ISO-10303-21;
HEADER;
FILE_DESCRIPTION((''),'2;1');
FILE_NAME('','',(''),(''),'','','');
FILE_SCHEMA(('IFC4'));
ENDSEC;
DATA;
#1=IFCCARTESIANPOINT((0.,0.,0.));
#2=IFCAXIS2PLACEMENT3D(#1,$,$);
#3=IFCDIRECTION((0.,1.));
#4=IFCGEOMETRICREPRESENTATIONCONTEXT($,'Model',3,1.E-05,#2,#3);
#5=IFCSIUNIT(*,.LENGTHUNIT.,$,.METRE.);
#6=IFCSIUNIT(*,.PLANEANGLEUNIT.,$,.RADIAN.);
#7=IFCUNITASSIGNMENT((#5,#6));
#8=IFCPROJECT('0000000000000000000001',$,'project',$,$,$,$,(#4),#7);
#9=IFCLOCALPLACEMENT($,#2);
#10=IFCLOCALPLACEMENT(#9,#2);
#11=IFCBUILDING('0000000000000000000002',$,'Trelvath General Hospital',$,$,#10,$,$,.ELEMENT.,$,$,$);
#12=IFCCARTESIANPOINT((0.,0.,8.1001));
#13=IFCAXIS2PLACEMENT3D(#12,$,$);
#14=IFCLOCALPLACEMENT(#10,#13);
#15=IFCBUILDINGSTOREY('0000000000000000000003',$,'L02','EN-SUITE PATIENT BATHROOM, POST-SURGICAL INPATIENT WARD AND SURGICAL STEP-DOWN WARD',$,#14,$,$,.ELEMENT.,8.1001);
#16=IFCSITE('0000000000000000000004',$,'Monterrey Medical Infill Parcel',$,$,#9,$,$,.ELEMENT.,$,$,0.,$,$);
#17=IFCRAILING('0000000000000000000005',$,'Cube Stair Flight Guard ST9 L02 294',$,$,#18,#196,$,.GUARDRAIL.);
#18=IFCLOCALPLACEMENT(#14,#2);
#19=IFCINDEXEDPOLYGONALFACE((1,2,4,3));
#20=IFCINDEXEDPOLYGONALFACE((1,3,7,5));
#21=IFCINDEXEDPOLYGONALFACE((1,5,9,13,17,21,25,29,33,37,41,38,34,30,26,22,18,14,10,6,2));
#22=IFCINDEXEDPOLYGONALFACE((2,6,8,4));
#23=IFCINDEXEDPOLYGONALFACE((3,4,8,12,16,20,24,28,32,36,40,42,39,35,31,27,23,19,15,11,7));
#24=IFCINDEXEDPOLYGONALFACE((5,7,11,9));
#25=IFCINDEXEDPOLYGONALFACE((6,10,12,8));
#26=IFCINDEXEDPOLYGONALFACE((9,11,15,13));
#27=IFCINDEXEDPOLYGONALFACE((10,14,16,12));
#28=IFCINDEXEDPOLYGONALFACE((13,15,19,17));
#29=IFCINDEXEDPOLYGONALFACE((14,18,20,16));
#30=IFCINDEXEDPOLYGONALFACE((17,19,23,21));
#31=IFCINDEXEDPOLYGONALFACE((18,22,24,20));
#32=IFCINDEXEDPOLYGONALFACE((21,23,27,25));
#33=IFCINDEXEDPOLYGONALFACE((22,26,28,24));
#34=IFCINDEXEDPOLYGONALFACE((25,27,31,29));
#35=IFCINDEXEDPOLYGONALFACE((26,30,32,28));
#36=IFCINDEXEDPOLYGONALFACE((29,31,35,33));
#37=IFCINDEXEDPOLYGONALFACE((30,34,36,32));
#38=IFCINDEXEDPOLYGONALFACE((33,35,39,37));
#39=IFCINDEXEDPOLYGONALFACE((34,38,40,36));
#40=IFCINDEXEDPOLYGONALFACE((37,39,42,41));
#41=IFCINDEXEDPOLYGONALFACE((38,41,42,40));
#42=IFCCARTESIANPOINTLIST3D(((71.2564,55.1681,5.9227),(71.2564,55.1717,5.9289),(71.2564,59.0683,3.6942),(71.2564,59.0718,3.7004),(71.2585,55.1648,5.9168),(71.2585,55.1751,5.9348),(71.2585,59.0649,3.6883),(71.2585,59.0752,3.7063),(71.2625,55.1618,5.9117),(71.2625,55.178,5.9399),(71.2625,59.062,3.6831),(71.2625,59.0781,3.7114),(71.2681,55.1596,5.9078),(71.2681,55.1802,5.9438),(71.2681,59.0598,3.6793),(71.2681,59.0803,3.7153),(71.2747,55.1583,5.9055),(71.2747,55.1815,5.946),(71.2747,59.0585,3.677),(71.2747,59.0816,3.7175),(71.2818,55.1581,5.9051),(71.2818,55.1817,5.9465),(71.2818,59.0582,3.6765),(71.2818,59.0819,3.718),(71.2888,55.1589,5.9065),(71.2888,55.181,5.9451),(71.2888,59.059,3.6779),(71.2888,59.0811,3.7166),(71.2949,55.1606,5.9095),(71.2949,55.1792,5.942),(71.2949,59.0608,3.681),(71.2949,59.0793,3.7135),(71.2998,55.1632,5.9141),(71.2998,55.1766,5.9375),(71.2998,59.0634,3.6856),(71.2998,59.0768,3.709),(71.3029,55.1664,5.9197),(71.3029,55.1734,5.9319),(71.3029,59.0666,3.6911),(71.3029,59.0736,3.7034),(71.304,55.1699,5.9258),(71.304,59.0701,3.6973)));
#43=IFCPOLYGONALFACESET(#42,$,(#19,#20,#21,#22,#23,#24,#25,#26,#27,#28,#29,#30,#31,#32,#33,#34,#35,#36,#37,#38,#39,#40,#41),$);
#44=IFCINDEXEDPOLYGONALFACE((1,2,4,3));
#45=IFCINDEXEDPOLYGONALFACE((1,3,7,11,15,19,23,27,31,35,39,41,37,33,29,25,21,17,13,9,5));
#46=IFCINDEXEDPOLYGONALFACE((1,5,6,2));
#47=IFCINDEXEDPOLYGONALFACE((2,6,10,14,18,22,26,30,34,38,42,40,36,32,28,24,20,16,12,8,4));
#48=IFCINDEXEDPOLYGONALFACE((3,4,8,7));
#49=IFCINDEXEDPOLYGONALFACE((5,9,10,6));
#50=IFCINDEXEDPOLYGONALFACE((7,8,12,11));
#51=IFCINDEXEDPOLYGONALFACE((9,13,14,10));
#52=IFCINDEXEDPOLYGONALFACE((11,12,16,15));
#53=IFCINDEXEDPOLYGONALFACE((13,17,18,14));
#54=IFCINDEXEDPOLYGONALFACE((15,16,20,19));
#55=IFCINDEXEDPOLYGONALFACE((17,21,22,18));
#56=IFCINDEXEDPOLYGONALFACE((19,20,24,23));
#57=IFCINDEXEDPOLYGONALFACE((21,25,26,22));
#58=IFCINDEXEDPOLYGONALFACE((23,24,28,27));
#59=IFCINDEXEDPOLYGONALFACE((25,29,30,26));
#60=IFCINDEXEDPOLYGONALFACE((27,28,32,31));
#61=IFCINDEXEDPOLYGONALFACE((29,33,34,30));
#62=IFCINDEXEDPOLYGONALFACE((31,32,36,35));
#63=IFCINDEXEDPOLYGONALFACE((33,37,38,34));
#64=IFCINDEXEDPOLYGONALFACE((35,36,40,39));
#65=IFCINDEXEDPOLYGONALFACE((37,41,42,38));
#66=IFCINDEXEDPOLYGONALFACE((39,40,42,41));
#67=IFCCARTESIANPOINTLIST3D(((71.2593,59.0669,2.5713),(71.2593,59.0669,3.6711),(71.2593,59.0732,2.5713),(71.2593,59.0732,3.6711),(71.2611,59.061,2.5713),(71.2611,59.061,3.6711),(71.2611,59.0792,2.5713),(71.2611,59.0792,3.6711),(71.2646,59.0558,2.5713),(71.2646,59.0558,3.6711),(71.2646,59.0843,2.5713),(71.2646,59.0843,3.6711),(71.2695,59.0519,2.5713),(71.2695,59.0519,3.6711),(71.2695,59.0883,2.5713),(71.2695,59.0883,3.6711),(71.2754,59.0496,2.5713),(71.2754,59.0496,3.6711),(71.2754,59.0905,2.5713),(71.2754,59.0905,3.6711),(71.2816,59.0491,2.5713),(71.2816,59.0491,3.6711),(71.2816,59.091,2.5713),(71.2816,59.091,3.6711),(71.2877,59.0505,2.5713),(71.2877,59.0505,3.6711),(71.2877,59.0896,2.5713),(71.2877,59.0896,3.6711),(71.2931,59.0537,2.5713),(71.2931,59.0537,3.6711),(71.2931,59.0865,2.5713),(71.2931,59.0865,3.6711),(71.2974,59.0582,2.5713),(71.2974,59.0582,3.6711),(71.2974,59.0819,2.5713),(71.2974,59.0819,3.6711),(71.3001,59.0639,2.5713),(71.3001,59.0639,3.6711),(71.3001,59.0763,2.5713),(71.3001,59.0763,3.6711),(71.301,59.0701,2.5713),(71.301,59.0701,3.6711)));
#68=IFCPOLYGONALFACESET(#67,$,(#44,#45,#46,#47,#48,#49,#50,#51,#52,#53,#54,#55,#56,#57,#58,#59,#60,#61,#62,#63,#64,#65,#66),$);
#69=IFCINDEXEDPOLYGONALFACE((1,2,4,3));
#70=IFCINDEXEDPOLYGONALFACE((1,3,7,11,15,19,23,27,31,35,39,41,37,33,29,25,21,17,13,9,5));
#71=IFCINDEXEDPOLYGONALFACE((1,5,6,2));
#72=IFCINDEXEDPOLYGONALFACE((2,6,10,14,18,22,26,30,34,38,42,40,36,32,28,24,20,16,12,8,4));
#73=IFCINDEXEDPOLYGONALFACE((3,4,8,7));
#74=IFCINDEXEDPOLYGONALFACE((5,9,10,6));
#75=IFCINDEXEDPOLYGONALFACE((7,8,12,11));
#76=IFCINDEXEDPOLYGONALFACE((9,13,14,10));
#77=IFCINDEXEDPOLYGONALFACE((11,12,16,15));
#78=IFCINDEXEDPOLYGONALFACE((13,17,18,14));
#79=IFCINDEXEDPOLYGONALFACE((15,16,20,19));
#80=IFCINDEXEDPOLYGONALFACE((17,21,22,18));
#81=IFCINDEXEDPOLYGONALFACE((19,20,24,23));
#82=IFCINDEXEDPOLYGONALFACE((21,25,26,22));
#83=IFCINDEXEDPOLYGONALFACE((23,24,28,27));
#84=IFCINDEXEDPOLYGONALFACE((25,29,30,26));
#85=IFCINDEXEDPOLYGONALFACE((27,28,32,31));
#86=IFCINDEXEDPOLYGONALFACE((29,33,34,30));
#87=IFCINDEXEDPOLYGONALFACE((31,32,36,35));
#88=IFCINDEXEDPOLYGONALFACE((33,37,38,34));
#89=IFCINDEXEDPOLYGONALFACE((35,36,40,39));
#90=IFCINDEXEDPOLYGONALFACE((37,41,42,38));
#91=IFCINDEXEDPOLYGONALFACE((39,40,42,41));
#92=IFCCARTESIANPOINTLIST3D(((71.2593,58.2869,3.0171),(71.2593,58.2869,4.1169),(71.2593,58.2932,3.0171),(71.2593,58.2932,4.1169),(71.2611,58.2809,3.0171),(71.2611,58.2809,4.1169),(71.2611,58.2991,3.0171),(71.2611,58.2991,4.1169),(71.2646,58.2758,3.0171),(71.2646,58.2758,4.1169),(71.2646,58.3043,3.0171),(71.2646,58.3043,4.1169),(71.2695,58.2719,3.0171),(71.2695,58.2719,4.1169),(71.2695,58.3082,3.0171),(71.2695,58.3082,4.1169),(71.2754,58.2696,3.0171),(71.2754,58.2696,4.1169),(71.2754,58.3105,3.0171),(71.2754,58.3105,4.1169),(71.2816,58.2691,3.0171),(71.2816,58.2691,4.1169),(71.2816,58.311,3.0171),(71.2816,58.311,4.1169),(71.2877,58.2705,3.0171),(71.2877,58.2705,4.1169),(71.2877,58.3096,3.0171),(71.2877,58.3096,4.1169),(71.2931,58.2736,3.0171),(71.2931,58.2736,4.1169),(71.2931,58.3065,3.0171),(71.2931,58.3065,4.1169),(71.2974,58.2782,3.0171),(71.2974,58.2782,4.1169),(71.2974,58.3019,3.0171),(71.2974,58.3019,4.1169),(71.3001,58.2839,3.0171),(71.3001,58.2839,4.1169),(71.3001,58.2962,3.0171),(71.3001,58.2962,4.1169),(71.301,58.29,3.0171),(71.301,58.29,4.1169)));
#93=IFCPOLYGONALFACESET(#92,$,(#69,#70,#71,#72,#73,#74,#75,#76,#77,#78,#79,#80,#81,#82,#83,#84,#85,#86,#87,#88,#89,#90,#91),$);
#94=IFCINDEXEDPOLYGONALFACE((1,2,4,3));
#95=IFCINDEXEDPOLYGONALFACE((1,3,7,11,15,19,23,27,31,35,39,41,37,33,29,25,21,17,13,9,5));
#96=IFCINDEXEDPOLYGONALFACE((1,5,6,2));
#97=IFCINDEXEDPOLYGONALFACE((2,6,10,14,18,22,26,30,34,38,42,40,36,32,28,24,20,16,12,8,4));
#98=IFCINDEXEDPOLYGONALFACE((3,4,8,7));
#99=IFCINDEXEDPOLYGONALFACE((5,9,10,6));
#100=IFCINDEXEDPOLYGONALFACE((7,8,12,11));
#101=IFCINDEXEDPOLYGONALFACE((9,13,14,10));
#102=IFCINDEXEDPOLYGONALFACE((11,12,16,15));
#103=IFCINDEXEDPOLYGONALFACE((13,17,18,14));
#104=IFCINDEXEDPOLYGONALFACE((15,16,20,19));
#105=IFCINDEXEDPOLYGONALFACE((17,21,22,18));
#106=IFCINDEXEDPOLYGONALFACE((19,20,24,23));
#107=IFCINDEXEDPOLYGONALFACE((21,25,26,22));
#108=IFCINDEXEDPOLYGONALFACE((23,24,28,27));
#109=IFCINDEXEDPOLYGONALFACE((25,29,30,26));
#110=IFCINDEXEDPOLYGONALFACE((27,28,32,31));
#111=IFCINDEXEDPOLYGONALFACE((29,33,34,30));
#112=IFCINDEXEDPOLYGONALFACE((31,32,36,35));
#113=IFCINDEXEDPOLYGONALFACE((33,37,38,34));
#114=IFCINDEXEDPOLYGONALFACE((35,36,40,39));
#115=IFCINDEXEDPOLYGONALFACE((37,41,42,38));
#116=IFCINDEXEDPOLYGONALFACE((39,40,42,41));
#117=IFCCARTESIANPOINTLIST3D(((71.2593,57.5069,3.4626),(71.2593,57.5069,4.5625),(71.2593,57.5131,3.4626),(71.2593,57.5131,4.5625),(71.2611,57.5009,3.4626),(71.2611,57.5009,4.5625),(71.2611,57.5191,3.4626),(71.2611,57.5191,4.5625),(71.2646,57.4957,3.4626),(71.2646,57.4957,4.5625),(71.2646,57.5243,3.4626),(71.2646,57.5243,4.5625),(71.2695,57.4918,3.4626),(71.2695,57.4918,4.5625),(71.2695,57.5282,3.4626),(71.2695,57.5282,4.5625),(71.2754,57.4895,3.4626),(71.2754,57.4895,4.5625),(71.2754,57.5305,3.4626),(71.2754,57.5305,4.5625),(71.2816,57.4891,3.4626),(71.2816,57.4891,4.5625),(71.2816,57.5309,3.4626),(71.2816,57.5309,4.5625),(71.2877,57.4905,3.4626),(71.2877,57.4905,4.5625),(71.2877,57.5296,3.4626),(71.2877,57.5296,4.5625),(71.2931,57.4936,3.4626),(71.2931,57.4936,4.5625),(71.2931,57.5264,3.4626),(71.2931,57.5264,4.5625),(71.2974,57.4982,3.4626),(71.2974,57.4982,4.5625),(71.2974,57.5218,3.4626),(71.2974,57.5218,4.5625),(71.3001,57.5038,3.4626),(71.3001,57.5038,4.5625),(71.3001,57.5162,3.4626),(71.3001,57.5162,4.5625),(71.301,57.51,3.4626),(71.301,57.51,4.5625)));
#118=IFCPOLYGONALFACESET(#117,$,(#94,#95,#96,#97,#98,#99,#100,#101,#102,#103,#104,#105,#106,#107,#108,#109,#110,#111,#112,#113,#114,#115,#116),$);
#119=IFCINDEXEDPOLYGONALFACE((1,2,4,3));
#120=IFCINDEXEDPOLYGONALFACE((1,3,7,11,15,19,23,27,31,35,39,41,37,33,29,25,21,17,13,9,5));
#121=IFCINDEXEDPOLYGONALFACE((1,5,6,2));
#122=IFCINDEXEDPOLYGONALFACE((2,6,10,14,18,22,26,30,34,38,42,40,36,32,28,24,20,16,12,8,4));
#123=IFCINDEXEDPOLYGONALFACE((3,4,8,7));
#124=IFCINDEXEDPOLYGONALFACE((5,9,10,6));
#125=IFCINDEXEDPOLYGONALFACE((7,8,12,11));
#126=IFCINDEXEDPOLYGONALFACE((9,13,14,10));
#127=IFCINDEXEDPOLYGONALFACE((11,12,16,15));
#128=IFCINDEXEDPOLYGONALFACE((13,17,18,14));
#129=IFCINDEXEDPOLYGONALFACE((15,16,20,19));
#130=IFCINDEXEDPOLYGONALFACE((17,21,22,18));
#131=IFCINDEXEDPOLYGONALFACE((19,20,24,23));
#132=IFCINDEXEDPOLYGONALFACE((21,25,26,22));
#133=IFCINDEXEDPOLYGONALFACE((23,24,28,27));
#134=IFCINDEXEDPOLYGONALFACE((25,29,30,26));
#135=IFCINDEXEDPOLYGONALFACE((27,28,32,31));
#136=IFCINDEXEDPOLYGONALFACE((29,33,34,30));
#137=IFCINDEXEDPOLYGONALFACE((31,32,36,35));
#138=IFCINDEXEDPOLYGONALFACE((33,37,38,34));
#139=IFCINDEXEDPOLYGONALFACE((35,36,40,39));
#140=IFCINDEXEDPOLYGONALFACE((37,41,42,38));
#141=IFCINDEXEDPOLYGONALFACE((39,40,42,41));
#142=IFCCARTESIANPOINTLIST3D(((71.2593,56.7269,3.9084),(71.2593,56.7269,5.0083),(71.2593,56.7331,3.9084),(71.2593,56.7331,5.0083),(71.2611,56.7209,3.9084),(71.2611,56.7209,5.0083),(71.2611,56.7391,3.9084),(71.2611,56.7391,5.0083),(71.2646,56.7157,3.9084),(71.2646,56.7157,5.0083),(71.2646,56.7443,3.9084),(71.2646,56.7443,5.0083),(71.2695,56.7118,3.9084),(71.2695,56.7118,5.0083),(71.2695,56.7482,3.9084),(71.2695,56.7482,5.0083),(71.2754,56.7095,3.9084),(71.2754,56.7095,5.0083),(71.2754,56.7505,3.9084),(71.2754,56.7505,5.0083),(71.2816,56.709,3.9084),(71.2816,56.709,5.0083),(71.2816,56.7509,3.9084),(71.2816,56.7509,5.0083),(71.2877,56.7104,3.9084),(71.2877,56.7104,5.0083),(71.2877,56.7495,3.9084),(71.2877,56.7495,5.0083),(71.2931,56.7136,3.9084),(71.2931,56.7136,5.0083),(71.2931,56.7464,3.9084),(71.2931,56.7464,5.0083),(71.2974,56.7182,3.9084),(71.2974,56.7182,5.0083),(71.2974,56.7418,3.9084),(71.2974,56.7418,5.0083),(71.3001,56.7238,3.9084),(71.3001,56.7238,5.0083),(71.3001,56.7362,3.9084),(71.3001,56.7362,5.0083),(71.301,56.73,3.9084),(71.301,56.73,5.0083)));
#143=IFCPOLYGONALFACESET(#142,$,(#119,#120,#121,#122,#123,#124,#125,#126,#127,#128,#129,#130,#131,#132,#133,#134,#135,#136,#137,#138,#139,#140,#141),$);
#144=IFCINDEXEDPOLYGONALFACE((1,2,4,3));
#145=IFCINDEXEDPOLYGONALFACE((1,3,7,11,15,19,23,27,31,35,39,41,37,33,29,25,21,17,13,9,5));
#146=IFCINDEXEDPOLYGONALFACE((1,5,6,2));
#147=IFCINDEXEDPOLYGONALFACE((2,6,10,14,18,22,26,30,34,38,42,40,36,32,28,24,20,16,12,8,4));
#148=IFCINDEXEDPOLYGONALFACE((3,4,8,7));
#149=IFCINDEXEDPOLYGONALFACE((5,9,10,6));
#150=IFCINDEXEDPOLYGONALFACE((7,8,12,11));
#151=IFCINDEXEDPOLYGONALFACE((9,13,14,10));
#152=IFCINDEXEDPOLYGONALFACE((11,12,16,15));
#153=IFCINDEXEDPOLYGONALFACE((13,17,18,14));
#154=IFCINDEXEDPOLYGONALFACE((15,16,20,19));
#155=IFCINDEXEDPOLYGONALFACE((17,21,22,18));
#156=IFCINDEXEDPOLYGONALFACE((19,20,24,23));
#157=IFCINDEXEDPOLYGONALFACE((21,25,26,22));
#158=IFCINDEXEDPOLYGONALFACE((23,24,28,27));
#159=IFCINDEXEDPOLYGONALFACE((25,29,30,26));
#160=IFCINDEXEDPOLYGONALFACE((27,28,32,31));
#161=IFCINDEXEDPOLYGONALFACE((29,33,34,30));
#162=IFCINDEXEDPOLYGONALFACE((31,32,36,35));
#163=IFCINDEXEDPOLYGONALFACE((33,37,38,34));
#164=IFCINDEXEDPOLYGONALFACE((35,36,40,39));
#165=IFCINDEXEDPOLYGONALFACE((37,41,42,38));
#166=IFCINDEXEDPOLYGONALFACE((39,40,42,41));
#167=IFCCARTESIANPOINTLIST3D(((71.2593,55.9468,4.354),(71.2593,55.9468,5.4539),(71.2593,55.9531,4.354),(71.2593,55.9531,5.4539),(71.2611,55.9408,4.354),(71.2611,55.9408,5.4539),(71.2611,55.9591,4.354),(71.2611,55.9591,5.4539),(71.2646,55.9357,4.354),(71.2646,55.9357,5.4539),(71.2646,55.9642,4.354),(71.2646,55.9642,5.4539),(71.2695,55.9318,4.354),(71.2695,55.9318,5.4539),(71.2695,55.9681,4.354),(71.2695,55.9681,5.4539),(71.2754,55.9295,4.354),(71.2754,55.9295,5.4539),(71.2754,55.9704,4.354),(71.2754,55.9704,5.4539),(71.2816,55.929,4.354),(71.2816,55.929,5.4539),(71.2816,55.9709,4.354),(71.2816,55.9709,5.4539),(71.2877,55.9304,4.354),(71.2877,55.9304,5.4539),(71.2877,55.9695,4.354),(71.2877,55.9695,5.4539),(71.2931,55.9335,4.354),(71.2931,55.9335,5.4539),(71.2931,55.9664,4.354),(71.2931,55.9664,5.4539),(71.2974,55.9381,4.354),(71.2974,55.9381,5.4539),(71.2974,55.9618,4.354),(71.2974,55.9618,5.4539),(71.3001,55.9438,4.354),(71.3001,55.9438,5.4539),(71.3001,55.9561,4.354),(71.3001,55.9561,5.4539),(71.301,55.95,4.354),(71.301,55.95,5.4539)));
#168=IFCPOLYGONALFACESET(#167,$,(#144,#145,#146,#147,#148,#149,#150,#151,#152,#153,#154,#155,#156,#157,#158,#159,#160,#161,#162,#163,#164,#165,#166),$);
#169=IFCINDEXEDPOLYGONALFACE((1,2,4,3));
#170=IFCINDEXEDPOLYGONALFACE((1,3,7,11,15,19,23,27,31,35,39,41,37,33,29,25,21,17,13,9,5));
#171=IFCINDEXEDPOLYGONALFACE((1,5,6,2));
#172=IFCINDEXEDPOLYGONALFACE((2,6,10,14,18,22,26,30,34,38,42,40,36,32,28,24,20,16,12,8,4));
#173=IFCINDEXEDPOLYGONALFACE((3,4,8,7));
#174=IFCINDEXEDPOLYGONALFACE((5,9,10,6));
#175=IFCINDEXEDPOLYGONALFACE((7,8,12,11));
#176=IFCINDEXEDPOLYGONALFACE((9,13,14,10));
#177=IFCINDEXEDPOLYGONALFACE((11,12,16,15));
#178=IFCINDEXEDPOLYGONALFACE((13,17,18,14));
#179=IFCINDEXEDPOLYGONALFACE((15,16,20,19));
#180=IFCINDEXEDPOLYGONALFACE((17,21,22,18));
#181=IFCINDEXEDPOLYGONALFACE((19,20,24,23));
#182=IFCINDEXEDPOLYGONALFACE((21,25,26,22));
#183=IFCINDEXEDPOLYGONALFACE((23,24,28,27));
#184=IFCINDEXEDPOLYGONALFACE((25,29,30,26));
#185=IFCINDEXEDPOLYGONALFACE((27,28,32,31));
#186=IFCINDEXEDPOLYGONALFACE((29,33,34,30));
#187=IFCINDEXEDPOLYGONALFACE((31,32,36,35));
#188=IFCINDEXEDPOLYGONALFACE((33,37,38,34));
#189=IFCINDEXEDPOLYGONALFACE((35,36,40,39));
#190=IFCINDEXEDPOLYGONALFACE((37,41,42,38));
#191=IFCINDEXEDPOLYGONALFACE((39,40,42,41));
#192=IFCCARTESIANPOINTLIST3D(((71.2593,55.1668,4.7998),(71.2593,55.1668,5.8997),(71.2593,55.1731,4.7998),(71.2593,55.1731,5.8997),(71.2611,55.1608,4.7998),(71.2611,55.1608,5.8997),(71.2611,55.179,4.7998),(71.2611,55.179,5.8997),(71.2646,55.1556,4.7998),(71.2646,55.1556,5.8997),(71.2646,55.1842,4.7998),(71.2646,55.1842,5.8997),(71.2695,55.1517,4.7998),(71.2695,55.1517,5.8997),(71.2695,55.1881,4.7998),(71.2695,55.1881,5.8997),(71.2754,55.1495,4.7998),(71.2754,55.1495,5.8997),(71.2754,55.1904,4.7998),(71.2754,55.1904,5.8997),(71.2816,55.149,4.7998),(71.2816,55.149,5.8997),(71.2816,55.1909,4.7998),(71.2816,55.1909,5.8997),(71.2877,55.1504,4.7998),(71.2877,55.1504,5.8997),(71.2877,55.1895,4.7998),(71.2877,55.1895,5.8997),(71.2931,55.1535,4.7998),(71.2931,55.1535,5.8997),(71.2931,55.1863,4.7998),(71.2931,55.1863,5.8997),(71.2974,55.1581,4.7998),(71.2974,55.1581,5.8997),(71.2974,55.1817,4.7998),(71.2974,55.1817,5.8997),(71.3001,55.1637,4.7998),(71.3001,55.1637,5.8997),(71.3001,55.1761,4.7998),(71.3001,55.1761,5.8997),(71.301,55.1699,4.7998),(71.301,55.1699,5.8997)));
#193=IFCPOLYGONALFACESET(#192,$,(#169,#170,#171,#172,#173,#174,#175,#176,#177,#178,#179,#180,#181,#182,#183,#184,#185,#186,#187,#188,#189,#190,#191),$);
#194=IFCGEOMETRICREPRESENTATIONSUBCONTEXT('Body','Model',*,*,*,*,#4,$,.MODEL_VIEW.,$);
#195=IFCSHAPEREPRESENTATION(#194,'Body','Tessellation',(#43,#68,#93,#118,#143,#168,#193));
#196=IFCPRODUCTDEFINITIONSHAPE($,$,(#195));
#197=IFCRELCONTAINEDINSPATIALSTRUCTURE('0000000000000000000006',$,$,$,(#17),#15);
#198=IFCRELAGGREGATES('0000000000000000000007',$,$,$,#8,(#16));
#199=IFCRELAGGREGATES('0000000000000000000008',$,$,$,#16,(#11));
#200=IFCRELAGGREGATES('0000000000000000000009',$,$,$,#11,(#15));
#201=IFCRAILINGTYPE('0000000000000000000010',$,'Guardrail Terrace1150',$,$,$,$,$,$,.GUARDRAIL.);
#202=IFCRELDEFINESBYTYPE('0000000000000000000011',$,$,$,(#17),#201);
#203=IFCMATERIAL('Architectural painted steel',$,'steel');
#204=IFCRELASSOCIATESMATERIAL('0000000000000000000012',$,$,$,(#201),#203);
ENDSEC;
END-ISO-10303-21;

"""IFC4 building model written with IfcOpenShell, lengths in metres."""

from ifc_helpers import new_model, si_unit, direction, frame, origin, origin_2d, place, context, subcontext, project, spatial, circle, extrude, material, type_object, element, save


model = new_model("IFC4")

# Units and contexts
model_context = context("Model", 3, precision=1e-05, world=origin(), true_north=direction((0.0, 1.0)))
body_context = subcontext(model_context, "Body", "Model", "MODEL_VIEW")
ifc_project = project(units=[si_unit("LENGTHUNIT", "METRE"), si_unit("PLANEANGLEUNIT", "RADIAN")], contexts=[model_context])

# Site, building, storey
site_placement = place(None, origin())
site = spatial("IfcSite", under=ifc_project, at=site_placement, Name="Monterrey Medical Infill Parcel", CompositionType="ELEMENT", RefElevation=0.0)
building_placement = place(site_placement, origin())
building = spatial("IfcBuilding", under=site, at=building_placement, Name="Trelvath General Hospital", CompositionType="ELEMENT")
storey_placement = place(building_placement, frame((0.0, 0.0, 8.1001)))
storey = spatial("IfcBuildingStorey", under=building, at=storey_placement, Name="L02", Description="EN-SUITE PATIENT BATHROOM, POST-SURGICAL INPATIENT WARD AND SURGICAL STEP-DOWN WARD", CompositionType="ELEMENT", Elevation=8.1001)

# Railing
ifc_material_1 = material(Name="Architectural painted steel", Category="steel")
railing_type_1 = type_object("IfcRailingType", Name="Guardrail Terrace1150", PredefinedType="GUARDRAIL", material=ifc_material_1)
for number, where, name in (
    (1, (71.28, 59.0701, 2.5713), "Cube Stair Flight Guard ST9 L02 294"),
):
    element("IfcRailing", number, at=place(storey_placement, frame(where)), inside=storey, type_object=railing_type_1, Name=name, PredefinedType="GUARDRAIL", context=body_context, shape_type="SweptSolid", body=[
        extrude(circle(Radius=0.0239, at=origin_2d()), frame((0.0, 0.0, 1.126), z_axis=(0.0, -0.868257, 0.496116), x_axis=(1.0, 0.0, 0.0)), (0.0, 0.0, 1.0), 4.4919),
        extrude(circle(Radius=0.021, at=origin_2d()), origin(), (0.0, 0.0, 1.0), 1.0999),
        extrude(circle(Radius=0.021, at=origin_2d()), frame((0.0, -0.78, 0.4458)), (0.0, 0.0, 1.0), 1.0999),
        extrude(circle(Radius=0.021, at=origin_2d()), frame((0.0, -1.5601, 0.8914)), (0.0, 0.0, 1.0), 1.0999),
        extrude(circle(Radius=0.021, at=origin_2d()), frame((0.0, -2.3401, 1.3372)), (0.0, 0.0, 1.0), 1.0999),
        extrude(circle(Radius=0.021, at=origin_2d()), frame((0.0, -3.1201, 1.7827)), (0.0, 0.0, 1.0), 1.0999),
        extrude(circle(Radius=0.021, at=origin_2d()), frame((0.0, -3.9001, 2.2285)), (0.0, 0.0, 1.0), 1.0999),
    ])

save(model, "model.ifc")
